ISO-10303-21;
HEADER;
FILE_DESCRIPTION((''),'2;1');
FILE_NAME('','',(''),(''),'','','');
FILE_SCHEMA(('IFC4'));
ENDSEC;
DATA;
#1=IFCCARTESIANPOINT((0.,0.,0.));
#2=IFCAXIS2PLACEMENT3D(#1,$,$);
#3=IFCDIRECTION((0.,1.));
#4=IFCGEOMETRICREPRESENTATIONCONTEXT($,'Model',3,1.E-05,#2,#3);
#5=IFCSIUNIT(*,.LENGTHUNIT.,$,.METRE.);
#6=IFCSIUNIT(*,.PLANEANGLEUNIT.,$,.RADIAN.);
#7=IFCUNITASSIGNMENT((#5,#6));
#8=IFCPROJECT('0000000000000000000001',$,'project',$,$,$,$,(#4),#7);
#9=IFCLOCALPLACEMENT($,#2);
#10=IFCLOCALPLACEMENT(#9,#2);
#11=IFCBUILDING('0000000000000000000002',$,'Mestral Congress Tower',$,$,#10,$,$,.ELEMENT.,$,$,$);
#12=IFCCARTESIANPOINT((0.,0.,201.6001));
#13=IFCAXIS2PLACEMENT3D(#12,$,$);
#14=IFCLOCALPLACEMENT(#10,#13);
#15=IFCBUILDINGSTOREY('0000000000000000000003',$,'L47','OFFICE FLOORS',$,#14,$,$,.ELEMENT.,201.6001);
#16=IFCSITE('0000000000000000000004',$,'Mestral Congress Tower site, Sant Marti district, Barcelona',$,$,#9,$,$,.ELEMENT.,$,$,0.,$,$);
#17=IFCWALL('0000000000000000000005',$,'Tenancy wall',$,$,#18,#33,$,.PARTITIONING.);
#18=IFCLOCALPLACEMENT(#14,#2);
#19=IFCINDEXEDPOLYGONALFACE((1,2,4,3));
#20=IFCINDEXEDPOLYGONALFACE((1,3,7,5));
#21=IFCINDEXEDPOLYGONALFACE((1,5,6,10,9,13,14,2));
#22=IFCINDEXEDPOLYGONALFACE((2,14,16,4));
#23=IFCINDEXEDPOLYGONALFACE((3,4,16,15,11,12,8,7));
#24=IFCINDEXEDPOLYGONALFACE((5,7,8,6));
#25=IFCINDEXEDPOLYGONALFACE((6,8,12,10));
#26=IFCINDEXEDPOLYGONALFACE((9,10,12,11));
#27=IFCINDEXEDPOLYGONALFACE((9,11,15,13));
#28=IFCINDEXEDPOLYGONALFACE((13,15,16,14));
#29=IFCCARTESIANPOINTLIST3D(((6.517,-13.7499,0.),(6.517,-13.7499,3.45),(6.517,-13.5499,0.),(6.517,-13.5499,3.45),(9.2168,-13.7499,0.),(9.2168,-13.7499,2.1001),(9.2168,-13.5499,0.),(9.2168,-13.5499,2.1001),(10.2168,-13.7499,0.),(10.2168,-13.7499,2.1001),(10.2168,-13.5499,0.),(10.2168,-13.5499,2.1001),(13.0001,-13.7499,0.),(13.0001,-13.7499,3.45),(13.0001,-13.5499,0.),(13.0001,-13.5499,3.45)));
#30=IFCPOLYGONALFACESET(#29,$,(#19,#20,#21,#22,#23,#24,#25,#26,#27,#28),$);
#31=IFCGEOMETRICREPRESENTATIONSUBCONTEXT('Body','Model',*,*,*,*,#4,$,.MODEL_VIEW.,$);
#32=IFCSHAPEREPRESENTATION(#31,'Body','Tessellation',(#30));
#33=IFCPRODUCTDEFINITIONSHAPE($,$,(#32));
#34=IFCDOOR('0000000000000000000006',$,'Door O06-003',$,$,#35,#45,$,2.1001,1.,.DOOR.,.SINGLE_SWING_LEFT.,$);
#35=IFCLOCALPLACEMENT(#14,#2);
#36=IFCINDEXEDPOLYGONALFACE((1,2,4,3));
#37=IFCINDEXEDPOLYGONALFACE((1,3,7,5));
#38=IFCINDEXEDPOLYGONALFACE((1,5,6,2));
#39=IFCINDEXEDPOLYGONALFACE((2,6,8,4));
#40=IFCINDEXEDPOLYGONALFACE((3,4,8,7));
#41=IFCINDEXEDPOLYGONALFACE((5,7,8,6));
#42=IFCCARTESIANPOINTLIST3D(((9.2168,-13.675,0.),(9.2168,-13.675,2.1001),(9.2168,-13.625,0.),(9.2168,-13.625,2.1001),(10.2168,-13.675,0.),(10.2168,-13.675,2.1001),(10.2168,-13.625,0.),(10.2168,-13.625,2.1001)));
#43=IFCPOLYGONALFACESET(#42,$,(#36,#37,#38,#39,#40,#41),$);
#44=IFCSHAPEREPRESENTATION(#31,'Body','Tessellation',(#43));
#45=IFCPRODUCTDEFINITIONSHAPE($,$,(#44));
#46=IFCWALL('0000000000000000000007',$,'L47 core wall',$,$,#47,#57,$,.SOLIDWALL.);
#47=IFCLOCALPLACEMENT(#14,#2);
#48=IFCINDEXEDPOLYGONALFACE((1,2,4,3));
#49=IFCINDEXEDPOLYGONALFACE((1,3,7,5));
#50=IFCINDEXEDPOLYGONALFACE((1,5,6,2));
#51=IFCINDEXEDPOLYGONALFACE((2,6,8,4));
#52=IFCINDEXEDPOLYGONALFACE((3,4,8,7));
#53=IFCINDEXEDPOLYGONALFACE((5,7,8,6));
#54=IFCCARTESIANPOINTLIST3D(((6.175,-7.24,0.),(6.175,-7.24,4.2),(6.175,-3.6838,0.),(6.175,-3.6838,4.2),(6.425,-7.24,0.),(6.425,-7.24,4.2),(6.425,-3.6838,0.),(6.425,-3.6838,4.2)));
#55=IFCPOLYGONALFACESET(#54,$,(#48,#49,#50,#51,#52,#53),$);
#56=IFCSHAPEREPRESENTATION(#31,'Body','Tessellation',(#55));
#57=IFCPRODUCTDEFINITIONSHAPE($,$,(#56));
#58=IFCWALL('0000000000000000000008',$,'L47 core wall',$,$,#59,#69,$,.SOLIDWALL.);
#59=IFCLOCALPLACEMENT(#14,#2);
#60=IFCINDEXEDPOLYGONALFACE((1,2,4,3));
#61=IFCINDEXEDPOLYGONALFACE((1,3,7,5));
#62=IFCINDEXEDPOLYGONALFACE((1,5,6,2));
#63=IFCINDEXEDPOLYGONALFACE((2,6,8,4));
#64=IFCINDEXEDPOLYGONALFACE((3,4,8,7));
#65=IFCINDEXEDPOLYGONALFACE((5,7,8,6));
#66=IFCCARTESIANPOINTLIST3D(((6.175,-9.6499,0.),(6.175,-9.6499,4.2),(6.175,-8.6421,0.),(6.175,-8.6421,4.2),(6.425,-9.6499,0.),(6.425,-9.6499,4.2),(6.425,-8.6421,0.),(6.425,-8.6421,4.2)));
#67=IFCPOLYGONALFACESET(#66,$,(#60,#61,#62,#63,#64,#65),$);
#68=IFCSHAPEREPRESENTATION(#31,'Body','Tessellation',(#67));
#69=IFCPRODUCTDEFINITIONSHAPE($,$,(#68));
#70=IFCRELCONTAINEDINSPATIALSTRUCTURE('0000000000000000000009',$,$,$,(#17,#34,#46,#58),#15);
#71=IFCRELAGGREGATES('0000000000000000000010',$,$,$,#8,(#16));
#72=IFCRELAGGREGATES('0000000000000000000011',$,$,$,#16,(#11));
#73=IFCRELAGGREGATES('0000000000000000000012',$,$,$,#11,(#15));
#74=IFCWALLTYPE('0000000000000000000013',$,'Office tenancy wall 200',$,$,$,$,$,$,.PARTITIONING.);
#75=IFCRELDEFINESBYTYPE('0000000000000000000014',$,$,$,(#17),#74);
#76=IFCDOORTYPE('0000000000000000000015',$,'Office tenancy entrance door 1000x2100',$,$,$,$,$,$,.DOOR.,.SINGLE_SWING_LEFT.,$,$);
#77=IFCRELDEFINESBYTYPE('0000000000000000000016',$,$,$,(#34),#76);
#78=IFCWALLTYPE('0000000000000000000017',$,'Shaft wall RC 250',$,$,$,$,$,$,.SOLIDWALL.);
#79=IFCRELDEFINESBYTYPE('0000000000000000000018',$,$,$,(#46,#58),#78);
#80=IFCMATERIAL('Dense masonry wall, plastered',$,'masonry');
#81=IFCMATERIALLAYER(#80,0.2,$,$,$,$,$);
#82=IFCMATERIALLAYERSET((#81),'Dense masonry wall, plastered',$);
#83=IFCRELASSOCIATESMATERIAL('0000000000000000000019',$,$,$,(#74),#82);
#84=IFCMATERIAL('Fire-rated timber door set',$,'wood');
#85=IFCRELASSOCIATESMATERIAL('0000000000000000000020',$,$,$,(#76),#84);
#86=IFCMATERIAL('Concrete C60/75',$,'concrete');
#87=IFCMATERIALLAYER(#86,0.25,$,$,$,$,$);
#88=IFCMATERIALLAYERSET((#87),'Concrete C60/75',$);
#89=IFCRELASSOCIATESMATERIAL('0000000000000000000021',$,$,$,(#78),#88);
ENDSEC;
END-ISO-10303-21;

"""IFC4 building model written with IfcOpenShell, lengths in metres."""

from ifc_helpers import new_model, si_unit, direction, frame, frame_2d, origin, place, context, subcontext, project, spatial, rectangle, extrude, material, layer, layer_set, type_object, element, fill, save


model = new_model("IFC4")

# Units and contexts
model_context = context("Model", 3, precision=1e-05, world=origin(), true_north=direction((0.0, 1.0)))
body_context = subcontext(model_context, "Body", "Model", "MODEL_VIEW")
ifc_project = project(units=[si_unit("LENGTHUNIT", "METRE"), si_unit("PLANEANGLEUNIT", "RADIAN")], contexts=[model_context])

# Site, building, storey
site_placement = place(None, origin())
site = spatial("IfcSite", under=ifc_project, at=site_placement, Name="Mestral Congress Tower site, Sant Marti district, Barcelona", CompositionType="ELEMENT", RefElevation=0.0)
building_placement = place(site_placement, origin())
building = spatial("IfcBuilding", under=site, at=building_placement, Name="Mestral Congress Tower", CompositionType="ELEMENT")
storey_placement = place(building_placement, frame((0.0, 0.0, 201.6001)))
storey = spatial("IfcBuildingStorey", under=building, at=storey_placement, Name="L47", Description="OFFICE FLOORS", CompositionType="ELEMENT", Elevation=201.6001)

# Shared definitions
ifc_material_1 = material(Name="Concrete C60/75", Category="concrete")

# Shared definitions
ifc_material_2 = material(Name="Dense masonry wall, plastered", Category="masonry")
ifc_layer_1 = layer(ifc_material_2, 0.2)
ifc_layer_set_1 = layer_set([ifc_layer_1], Name="Dense masonry wall, plastered")
wall_type_1 = type_object("IfcWallType", Name="Office tenancy wall 200", PredefinedType="PARTITIONING", material=ifc_layer_set_1)

# Wall, opening, door
wall_1_placement = place(storey_placement, frame((6.5168, -13.6499, 0.0), z_axis=(0.0, 0.0, 1.0), x_axis=(1.0, 0.0, 0.0)))
wall_1 = element("IfcWall", 1, at=wall_1_placement, inside=storey, type_object=wall_type_1, Name="Tenancy wall", PredefinedType="PARTITIONING", context=body_context, shape_type="SweptSolid", body=[
    extrude(rectangle(XDim=6.4832, YDim=0.2, at=frame_2d((3.2417, 0.0))), origin(), (0.0, 0.0, 1.0), 3.45),
])
opening_1_placement = place(wall_1_placement, frame((2.7, 0.0, 0.0)))
opening_1 = element("IfcOpeningElement", 2, at=opening_1_placement, cuts=wall_1, PredefinedType="OPENING", context=body_context, shape_type="SweptSolid", body=[
    extrude(rectangle(XDim=1.0, YDim=2.1001, at=frame_2d((0.5, 1.05))), frame((0.0, 0.1099, 0.0), z_axis=(0.0, -1.0, 0.0), x_axis=(1.0, 0.0, 0.0)), (0.0, 0.0, 1.0), 0.22),
])
ifc_material_3 = material(Name="Fire-rated timber door set", Category="wood")
door_type_1 = type_object("IfcDoorType", Name="Office tenancy entrance door 1000x2100", OperationType="SINGLE_SWING_LEFT", PredefinedType="DOOR", material=ifc_material_3)
door_1_placement = place(opening_1_placement, origin())
door_1 = element("IfcDoor", 3, at=door_1_placement, inside=storey, type_object=door_type_1, Name="Door O06-003", OperationType="SINGLE_SWING_LEFT", OverallHeight=2.1001, OverallWidth=1.0, PredefinedType="DOOR", context=body_context, shape_type="SweptSolid", body=[
    extrude(rectangle(XDim=1.0, YDim=2.1001, at=frame_2d((0.5, 1.05))), frame((0.0, 0.0249, 0.0), z_axis=(0.0, -1.0, 0.0), x_axis=(1.0, 0.0, 0.0)), (0.0, 0.0, 1.0), 0.05),
])
fill(opening_1, door_1)

# Walls
ifc_layer_2 = layer(ifc_material_1, 0.25)
ifc_layer_set_2 = layer_set([ifc_layer_2], Name="Concrete C60/75")
wall_type_2 = type_object("IfcWallType", Name="Shaft wall RC 250", PredefinedType="SOLIDWALL", material=ifc_layer_set_2)
wall_2_placement = place(storey_placement, frame((6.3, -7.24, 0.0), z_axis=(0.0, 0.0, 1.0), x_axis=(0.0, 1.0, 0.0)))
element("IfcWall", 4, at=wall_2_placement, inside=storey, type_object=wall_type_2, Name="L47 core wall", PredefinedType="SOLIDWALL", context=body_context, shape_type="SweptSolid", body=[
    extrude(rectangle(XDim=3.5562, YDim=0.25, at=frame_2d((1.7781, 0.0))), origin(), (0.0, 0.0, 1.0), 4.2),
])
wall_3_placement = place(storey_placement, frame((6.3, -9.6499, 0.0), z_axis=(0.0, 0.0, 1.0), x_axis=(0.0, 1.0, 0.0)))
element("IfcWall", 5, at=wall_3_placement, inside=storey, type_object=wall_type_2, Name="L47 core wall", PredefinedType="SOLIDWALL", context=body_context, shape_type="SweptSolid", body=[
    extrude(rectangle(XDim=1.0078, YDim=0.25, at=frame_2d((0.5039, 0.0))), origin(), (0.0, 0.0, 1.0), 4.2),
])

save(model, "model.ifc")
